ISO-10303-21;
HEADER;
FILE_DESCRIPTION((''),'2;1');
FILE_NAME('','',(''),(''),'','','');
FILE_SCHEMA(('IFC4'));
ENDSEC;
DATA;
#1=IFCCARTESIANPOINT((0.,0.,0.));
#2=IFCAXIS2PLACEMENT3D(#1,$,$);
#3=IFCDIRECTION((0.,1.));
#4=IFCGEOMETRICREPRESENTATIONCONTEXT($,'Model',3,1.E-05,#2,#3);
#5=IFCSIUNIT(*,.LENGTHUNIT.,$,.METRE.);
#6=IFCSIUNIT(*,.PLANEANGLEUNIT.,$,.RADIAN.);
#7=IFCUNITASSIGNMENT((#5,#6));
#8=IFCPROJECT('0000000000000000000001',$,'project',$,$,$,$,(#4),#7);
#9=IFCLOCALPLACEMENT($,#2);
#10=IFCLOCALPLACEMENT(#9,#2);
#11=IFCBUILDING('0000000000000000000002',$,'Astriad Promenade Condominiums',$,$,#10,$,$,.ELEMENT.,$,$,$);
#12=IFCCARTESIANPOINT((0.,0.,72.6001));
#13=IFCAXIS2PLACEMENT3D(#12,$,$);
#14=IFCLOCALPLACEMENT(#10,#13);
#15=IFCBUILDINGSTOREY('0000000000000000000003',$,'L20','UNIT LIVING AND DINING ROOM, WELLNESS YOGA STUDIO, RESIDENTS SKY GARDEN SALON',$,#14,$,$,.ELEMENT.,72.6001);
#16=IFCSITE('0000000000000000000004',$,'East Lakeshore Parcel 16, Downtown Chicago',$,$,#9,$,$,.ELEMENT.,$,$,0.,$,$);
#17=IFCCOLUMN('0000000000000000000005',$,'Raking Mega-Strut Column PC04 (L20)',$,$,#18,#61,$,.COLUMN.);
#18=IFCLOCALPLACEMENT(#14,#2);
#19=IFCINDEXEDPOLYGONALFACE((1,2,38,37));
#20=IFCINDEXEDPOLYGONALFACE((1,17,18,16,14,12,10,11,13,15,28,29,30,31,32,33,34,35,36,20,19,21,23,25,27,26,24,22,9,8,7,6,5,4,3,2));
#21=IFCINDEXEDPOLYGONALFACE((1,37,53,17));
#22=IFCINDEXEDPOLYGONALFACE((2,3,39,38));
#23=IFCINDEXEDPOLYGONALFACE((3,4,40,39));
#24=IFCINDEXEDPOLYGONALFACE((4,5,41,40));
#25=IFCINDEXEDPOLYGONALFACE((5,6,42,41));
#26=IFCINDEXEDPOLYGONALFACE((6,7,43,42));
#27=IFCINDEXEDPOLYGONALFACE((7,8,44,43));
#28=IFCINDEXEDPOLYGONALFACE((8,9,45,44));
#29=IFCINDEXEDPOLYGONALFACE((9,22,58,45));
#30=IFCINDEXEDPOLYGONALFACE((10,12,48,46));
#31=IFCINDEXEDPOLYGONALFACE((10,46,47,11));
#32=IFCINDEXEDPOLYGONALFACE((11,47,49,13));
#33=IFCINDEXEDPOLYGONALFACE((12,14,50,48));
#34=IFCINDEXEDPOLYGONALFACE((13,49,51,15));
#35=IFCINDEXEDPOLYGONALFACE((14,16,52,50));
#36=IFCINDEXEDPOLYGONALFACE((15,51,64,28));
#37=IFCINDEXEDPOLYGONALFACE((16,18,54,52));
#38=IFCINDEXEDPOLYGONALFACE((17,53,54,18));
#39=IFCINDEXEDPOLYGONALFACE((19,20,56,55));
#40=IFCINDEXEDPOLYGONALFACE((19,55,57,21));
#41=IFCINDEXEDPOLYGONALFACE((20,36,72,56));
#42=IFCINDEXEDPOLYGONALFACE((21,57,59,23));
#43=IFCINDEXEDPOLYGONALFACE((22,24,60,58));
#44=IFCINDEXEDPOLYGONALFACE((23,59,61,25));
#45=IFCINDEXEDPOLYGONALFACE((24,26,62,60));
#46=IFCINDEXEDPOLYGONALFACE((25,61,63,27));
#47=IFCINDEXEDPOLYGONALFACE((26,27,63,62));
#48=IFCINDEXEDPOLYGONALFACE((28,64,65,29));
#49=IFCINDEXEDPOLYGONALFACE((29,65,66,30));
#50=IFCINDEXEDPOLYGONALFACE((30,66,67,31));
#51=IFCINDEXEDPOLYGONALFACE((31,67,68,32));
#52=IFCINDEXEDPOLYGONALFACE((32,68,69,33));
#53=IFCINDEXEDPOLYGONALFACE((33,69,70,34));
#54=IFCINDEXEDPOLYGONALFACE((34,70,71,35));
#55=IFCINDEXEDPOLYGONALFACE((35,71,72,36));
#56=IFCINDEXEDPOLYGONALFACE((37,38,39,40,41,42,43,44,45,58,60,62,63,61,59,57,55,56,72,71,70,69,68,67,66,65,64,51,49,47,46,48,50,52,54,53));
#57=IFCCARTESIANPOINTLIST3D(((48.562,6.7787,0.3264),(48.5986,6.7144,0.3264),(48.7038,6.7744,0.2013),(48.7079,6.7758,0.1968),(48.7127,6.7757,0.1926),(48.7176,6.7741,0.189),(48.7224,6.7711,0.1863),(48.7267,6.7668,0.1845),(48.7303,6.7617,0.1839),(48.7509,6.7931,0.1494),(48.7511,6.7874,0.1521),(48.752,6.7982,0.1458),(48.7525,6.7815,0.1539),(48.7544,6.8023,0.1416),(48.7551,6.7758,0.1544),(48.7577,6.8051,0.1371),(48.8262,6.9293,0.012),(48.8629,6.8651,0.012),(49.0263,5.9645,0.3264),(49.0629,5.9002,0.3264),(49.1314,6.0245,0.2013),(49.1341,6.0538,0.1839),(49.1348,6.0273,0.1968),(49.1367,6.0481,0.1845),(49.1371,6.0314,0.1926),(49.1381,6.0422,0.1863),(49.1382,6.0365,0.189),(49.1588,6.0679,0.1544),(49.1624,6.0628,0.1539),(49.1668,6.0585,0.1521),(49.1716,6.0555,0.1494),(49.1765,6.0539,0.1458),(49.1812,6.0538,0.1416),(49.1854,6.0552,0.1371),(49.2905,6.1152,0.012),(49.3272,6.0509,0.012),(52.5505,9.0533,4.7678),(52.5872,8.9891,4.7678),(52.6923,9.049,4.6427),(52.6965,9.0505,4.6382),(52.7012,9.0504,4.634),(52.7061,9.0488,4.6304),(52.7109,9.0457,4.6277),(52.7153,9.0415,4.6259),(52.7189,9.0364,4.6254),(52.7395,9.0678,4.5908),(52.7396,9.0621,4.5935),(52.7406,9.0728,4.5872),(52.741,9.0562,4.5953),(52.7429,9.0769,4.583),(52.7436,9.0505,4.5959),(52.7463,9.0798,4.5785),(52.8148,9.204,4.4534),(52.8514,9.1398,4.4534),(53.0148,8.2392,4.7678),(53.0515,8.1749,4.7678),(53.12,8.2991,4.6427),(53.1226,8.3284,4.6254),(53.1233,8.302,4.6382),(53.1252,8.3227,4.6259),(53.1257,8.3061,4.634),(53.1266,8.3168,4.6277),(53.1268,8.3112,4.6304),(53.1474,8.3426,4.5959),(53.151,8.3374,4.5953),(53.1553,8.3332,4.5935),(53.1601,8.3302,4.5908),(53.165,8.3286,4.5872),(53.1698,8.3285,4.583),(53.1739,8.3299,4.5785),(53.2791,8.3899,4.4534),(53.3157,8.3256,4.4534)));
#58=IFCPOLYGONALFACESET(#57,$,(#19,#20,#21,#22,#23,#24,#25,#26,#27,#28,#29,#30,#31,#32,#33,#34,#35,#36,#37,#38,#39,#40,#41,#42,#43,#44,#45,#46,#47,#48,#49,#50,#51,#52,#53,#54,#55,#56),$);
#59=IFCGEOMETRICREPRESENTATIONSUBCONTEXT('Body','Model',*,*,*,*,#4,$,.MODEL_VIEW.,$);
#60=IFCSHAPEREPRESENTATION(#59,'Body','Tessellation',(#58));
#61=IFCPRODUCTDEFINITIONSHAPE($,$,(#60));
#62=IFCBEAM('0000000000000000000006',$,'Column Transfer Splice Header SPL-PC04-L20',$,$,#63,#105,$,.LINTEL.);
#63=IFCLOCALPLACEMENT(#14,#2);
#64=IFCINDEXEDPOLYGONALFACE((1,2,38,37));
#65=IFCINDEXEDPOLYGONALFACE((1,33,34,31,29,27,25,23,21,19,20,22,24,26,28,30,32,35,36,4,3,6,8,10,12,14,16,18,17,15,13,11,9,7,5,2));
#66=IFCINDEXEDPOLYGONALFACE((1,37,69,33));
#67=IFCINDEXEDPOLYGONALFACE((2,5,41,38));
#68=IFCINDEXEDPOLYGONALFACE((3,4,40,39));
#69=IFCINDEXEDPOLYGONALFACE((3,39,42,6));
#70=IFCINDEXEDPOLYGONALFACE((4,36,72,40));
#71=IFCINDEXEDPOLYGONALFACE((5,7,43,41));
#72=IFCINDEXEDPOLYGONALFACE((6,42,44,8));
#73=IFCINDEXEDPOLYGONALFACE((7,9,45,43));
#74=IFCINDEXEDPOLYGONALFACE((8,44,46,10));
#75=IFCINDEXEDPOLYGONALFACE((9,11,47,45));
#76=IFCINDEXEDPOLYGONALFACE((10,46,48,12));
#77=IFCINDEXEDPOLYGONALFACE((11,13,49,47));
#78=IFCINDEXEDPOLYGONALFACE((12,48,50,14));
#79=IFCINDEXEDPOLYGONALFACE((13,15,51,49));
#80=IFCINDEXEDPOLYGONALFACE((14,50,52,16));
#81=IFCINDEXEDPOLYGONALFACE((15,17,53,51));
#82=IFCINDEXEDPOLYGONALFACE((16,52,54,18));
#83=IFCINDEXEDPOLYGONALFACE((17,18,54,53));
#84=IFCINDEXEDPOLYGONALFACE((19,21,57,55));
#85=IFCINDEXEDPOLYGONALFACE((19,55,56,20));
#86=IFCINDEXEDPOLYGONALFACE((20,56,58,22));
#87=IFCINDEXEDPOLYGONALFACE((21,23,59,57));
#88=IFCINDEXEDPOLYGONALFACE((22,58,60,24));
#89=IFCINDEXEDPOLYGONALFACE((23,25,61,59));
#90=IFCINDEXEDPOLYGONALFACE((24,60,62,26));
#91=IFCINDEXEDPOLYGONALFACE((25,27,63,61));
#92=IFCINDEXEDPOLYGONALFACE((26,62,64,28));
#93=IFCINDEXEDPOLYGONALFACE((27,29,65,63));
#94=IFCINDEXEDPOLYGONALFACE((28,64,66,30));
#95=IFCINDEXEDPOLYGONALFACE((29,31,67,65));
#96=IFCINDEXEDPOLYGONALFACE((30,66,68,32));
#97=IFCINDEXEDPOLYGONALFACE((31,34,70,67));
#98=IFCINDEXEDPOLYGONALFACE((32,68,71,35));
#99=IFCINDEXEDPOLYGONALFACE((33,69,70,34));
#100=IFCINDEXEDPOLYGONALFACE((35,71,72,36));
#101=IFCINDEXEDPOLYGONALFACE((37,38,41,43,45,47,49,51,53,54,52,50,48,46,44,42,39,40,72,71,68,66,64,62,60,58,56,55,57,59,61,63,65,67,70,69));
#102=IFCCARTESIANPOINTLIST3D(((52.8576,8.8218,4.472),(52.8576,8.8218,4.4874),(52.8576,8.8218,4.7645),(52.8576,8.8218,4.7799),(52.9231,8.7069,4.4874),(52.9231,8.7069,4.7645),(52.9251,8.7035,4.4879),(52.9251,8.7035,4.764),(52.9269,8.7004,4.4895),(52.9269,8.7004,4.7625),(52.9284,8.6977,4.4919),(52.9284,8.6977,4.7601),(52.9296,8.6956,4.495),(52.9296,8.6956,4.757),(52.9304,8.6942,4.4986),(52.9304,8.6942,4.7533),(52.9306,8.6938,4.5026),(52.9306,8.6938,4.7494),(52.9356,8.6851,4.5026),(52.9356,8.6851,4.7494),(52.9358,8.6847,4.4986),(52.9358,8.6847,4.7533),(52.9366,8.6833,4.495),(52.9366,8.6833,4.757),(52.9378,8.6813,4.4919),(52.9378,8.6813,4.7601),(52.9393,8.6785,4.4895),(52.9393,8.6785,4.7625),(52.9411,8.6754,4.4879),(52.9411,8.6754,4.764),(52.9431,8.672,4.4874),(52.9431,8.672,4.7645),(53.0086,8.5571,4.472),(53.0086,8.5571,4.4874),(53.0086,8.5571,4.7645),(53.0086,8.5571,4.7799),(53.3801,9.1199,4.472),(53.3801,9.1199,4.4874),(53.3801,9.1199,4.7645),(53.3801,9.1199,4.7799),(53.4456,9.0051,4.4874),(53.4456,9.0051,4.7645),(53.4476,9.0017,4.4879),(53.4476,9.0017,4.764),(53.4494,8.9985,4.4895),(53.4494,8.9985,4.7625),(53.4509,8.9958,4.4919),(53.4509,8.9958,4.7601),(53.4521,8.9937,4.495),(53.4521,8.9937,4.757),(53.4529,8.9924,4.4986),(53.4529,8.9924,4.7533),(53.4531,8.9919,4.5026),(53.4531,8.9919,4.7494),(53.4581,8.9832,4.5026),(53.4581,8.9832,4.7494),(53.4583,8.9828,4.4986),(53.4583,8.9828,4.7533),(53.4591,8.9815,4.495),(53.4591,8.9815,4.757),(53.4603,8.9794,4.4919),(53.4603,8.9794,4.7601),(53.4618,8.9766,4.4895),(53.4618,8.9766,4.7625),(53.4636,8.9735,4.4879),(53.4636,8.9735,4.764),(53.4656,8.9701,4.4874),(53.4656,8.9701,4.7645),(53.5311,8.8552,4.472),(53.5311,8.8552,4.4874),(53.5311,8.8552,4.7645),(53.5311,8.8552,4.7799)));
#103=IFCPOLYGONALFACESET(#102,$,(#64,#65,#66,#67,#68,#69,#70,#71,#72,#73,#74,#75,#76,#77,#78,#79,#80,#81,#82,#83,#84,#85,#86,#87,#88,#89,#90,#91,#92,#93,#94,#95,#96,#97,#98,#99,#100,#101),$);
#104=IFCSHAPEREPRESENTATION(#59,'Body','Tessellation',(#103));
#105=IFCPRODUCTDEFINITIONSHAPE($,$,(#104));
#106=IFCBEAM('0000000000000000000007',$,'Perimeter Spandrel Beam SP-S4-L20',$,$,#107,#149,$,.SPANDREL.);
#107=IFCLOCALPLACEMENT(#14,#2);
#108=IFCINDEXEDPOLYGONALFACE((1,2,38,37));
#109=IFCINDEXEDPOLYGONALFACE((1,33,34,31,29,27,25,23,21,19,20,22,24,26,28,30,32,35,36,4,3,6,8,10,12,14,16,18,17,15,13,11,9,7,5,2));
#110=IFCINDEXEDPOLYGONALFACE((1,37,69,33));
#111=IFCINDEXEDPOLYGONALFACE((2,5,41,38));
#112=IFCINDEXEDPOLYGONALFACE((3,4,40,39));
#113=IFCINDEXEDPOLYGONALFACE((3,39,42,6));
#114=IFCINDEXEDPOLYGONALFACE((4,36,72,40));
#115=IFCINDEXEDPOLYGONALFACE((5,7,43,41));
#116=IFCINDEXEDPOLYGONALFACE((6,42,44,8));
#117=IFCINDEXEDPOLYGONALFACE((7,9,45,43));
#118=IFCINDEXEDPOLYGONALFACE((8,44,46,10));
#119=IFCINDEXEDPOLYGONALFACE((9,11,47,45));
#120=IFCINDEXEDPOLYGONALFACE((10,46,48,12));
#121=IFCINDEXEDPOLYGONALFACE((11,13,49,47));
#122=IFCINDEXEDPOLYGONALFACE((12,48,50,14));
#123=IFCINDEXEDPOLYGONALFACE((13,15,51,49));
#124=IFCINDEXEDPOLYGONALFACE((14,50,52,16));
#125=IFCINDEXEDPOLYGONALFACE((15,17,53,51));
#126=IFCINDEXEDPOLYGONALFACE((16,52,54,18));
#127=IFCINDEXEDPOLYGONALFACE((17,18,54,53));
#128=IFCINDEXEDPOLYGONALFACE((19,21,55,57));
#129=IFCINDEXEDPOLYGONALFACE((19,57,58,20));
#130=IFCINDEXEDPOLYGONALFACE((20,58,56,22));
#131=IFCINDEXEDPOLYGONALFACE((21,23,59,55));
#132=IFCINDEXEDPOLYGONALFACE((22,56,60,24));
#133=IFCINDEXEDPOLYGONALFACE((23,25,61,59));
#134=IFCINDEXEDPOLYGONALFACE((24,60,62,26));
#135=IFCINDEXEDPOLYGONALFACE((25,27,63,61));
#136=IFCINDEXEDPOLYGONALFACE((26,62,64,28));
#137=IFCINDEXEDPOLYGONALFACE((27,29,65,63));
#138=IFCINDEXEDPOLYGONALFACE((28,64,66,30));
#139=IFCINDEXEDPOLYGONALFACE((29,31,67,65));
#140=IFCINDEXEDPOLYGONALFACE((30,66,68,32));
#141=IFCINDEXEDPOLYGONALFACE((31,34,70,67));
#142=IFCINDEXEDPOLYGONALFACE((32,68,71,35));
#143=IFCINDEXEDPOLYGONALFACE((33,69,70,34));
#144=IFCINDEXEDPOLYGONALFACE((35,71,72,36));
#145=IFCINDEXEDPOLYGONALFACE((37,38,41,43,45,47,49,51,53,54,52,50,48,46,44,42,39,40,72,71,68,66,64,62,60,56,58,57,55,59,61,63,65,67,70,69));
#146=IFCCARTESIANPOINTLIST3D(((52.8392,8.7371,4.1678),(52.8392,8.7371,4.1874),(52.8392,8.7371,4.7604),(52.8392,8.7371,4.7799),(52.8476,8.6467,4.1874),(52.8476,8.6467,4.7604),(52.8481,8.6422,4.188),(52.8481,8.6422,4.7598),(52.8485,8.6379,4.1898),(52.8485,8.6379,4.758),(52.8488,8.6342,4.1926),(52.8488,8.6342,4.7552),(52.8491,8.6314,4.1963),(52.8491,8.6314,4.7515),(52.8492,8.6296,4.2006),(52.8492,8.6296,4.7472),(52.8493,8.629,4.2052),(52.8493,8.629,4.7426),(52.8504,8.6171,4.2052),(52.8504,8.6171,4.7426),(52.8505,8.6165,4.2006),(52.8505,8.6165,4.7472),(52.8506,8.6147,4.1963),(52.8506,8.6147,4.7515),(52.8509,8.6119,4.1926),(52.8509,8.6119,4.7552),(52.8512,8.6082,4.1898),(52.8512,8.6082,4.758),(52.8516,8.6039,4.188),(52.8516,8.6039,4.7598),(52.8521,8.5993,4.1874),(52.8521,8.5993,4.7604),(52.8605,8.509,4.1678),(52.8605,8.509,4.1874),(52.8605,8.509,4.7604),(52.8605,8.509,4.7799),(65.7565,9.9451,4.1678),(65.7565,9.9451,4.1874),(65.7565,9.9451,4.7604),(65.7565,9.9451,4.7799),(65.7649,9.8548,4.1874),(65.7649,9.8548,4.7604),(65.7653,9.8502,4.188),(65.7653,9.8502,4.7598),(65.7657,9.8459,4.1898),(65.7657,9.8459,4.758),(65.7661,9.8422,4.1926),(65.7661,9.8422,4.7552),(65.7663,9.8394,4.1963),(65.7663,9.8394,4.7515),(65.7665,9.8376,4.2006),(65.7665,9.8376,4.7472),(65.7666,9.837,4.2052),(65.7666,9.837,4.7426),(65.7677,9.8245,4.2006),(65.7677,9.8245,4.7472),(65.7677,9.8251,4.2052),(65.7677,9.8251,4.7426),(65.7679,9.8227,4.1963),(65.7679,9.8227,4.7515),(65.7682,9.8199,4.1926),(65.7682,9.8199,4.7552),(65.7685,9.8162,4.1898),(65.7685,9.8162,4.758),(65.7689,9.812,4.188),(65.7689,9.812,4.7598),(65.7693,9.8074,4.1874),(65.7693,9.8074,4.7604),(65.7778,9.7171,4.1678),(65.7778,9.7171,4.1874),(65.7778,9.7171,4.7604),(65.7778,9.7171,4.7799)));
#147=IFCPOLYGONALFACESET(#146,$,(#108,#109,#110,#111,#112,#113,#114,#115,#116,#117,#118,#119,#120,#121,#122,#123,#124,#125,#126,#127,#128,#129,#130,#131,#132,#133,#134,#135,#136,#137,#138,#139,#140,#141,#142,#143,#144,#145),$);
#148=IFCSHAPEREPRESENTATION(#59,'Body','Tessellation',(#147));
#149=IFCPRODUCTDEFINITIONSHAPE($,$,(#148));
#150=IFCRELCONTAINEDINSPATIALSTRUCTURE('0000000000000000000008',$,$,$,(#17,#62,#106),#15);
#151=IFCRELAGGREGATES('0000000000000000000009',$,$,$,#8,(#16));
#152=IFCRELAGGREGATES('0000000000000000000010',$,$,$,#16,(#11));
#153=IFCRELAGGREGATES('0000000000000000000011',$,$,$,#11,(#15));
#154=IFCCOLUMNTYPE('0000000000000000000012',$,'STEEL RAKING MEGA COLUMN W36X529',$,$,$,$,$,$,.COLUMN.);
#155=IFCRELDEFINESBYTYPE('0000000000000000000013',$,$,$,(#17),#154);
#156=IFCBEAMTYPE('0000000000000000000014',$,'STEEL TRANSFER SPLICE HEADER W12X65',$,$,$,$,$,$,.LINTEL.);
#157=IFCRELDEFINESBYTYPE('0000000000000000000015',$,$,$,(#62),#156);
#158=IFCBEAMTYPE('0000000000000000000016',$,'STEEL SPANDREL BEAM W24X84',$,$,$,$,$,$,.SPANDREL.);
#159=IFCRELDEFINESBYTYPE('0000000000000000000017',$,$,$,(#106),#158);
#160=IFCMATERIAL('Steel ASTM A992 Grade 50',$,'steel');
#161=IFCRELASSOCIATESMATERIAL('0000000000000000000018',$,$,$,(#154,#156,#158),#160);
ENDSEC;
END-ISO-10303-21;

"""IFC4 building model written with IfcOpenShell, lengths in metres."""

from ifc_helpers import new_model, si_unit, direction, frame, origin, origin_2d, place, context, subcontext, project, spatial, i_section, extrude, source, transform, mapped, material, material_profile, profile_set, type_object, type_shapes, element, save


model = new_model("IFC4")

# Units and contexts
model_context = context("Model", 3, precision=1e-05, world=origin(), true_north=direction((0.0, 1.0)))
body_context = subcontext(model_context, "Body", "Model", "MODEL_VIEW")
ifc_project = project(units=[si_unit("LENGTHUNIT", "METRE"), si_unit("PLANEANGLEUNIT", "RADIAN")], contexts=[model_context])

# Site, building, storey
site_placement = place(None, origin())
site = spatial("IfcSite", under=ifc_project, at=site_placement, Name="East Lakeshore Parcel 16, Downtown Chicago", CompositionType="ELEMENT", RefElevation=0.0)
building_placement = place(site_placement, origin())
building = spatial("IfcBuilding", under=site, at=building_placement, Name="Astriad Promenade Condominiums", CompositionType="ELEMENT")
storey_placement = place(building_placement, frame((0.0, 0.0, 72.6001)))
storey = spatial("IfcBuildingStorey", under=building, at=storey_placement, Name="L20", Description="UNIT LIVING AND DINING ROOM, WELLNESS YOGA STUDIO, RESIDENTS SKY GARDEN SALON", CompositionType="ELEMENT", Elevation=72.6001)

# Column
ifc_material_1 = material(Name="Steel ASTM A992 Grade 50", Category="steel")
ifc_material_profile_1 = material_profile(ifc_material_1, i_section(OverallWidth=0.4375, OverallDepth=1.0112, WebThickness=0.041, FlangeThickness=0.074, FilletRadius=0.0242, at=origin_2d()), Name="W36X529")
ifc_profile_set_1 = profile_set([ifc_material_profile_1], Name="Steel ASTM A992 Grade 50")
column_type = type_object("IfcColumnType", Name="STEEL RAKING MEGA COLUMN W36X529", PredefinedType="COLUMN", material=ifc_profile_set_1)
shared_shape_1 = source(origin(), body_context, "Body", "SweptSolid", [
    extrude(i_section(OverallWidth=0.4375, OverallDepth=1.0112, WebThickness=0.041, FlangeThickness=0.074, FilletRadius=0.0242, at=origin_2d()), origin(), (0.0, 0.0, 1.0), 6.3882),
])
type_shapes(column_type, [shared_shape_1])
column_placement = place(storey_placement, frame((48.9446, 6.4148, 0.1692), z_axis=(0.624363, 0.356074, 0.695257), x_axis=(-0.603945, -0.34443, 0.718761)))
element("IfcColumn", 1, at=column_placement, inside=storey, type_object=column_type, Name="Raking Mega-Strut Column PC04 (L20)", PredefinedType="COLUMN", context=body_context, shape_type="MappedRepresentation", body=[
    mapped(shared_shape_1, transform((0.0, 0.0, 0.0), scale=1.0)),
])

# Beams
ifc_material_profile_2 = material_profile(ifc_material_1, i_section(OverallWidth=0.3047, OverallDepth=0.3079, WebThickness=0.01, FlangeThickness=0.0154, FilletRadius=0.0151, at=origin_2d()), Name="W12X65")
ifc_profile_set_2 = profile_set([ifc_material_profile_2], Name="Steel ASTM A992 Grade 50")
beam_type_1 = type_object("IfcBeamType", Name="STEEL TRANSFER SPLICE HEADER W12X65", PredefinedType="LINTEL", material=ifc_profile_set_2)
shared_shape_2 = source(origin(), body_context, "Body", "SweptSolid", [
    extrude(i_section(OverallWidth=0.3047, OverallDepth=0.3079, WebThickness=0.01, FlangeThickness=0.0154, FilletRadius=0.0151, at=origin_2d()), origin(), (0.0, 0.0, 1.0), 0.6016),
])
type_shapes(beam_type_1, [shared_shape_2])
beam_1_placement = place(storey_placement, frame((52.9331, 8.6895, 4.626), z_axis=(0.868568, 0.495571, 0.0), x_axis=(-0.495571, 0.868568, 0.0)))
element("IfcBeam", 2, at=beam_1_placement, inside=storey, type_object=beam_type_1, Name="Column Transfer Splice Header SPL-PC04-L20", PredefinedType="LINTEL", context=body_context, shape_type="MappedRepresentation", body=[
    mapped(shared_shape_2, transform((0.0, 0.0, 0.0), scale=1.0)),
])
ifc_material_profile_3 = material_profile(ifc_material_1, i_section(OverallWidth=0.229, OverallDepth=0.6121, WebThickness=0.012, FlangeThickness=0.0195, FilletRadius=0.0178, at=origin_2d()), Name="W24X84")
ifc_profile_set_3 = profile_set([ifc_material_profile_3], Name="Steel ASTM A992 Grade 50")
beam_type_2 = type_object("IfcBeamType", Name="STEEL SPANDREL BEAM W24X84", PredefinedType="SPANDREL", material=ifc_profile_set_3)
shared_shape_3 = source(origin(), body_context, "Body", "SweptSolid", [
    extrude(i_section(OverallWidth=0.229, OverallDepth=0.6121, WebThickness=0.012, FlangeThickness=0.0195, FilletRadius=0.0178, at=origin_2d()), origin(), (0.0, 0.0, 1.0), 12.9736),
])
type_shapes(beam_type_2, [shared_shape_3])
beam_2_placement = place(storey_placement, frame((52.8499, 8.623, 4.4739), z_axis=(0.995656, 0.093113, 0.0), x_axis=(-0.093113, 0.995656, 0.0)))
element("IfcBeam", 3, at=beam_2_placement, inside=storey, type_object=beam_type_2, Name="Perimeter Spandrel Beam SP-S4-L20", PredefinedType="SPANDREL", context=body_context, shape_type="MappedRepresentation", body=[
    mapped(shared_shape_3, transform((0.0, 0.0, 0.0), scale=1.0)),
])

save(model, "model.ifc")
